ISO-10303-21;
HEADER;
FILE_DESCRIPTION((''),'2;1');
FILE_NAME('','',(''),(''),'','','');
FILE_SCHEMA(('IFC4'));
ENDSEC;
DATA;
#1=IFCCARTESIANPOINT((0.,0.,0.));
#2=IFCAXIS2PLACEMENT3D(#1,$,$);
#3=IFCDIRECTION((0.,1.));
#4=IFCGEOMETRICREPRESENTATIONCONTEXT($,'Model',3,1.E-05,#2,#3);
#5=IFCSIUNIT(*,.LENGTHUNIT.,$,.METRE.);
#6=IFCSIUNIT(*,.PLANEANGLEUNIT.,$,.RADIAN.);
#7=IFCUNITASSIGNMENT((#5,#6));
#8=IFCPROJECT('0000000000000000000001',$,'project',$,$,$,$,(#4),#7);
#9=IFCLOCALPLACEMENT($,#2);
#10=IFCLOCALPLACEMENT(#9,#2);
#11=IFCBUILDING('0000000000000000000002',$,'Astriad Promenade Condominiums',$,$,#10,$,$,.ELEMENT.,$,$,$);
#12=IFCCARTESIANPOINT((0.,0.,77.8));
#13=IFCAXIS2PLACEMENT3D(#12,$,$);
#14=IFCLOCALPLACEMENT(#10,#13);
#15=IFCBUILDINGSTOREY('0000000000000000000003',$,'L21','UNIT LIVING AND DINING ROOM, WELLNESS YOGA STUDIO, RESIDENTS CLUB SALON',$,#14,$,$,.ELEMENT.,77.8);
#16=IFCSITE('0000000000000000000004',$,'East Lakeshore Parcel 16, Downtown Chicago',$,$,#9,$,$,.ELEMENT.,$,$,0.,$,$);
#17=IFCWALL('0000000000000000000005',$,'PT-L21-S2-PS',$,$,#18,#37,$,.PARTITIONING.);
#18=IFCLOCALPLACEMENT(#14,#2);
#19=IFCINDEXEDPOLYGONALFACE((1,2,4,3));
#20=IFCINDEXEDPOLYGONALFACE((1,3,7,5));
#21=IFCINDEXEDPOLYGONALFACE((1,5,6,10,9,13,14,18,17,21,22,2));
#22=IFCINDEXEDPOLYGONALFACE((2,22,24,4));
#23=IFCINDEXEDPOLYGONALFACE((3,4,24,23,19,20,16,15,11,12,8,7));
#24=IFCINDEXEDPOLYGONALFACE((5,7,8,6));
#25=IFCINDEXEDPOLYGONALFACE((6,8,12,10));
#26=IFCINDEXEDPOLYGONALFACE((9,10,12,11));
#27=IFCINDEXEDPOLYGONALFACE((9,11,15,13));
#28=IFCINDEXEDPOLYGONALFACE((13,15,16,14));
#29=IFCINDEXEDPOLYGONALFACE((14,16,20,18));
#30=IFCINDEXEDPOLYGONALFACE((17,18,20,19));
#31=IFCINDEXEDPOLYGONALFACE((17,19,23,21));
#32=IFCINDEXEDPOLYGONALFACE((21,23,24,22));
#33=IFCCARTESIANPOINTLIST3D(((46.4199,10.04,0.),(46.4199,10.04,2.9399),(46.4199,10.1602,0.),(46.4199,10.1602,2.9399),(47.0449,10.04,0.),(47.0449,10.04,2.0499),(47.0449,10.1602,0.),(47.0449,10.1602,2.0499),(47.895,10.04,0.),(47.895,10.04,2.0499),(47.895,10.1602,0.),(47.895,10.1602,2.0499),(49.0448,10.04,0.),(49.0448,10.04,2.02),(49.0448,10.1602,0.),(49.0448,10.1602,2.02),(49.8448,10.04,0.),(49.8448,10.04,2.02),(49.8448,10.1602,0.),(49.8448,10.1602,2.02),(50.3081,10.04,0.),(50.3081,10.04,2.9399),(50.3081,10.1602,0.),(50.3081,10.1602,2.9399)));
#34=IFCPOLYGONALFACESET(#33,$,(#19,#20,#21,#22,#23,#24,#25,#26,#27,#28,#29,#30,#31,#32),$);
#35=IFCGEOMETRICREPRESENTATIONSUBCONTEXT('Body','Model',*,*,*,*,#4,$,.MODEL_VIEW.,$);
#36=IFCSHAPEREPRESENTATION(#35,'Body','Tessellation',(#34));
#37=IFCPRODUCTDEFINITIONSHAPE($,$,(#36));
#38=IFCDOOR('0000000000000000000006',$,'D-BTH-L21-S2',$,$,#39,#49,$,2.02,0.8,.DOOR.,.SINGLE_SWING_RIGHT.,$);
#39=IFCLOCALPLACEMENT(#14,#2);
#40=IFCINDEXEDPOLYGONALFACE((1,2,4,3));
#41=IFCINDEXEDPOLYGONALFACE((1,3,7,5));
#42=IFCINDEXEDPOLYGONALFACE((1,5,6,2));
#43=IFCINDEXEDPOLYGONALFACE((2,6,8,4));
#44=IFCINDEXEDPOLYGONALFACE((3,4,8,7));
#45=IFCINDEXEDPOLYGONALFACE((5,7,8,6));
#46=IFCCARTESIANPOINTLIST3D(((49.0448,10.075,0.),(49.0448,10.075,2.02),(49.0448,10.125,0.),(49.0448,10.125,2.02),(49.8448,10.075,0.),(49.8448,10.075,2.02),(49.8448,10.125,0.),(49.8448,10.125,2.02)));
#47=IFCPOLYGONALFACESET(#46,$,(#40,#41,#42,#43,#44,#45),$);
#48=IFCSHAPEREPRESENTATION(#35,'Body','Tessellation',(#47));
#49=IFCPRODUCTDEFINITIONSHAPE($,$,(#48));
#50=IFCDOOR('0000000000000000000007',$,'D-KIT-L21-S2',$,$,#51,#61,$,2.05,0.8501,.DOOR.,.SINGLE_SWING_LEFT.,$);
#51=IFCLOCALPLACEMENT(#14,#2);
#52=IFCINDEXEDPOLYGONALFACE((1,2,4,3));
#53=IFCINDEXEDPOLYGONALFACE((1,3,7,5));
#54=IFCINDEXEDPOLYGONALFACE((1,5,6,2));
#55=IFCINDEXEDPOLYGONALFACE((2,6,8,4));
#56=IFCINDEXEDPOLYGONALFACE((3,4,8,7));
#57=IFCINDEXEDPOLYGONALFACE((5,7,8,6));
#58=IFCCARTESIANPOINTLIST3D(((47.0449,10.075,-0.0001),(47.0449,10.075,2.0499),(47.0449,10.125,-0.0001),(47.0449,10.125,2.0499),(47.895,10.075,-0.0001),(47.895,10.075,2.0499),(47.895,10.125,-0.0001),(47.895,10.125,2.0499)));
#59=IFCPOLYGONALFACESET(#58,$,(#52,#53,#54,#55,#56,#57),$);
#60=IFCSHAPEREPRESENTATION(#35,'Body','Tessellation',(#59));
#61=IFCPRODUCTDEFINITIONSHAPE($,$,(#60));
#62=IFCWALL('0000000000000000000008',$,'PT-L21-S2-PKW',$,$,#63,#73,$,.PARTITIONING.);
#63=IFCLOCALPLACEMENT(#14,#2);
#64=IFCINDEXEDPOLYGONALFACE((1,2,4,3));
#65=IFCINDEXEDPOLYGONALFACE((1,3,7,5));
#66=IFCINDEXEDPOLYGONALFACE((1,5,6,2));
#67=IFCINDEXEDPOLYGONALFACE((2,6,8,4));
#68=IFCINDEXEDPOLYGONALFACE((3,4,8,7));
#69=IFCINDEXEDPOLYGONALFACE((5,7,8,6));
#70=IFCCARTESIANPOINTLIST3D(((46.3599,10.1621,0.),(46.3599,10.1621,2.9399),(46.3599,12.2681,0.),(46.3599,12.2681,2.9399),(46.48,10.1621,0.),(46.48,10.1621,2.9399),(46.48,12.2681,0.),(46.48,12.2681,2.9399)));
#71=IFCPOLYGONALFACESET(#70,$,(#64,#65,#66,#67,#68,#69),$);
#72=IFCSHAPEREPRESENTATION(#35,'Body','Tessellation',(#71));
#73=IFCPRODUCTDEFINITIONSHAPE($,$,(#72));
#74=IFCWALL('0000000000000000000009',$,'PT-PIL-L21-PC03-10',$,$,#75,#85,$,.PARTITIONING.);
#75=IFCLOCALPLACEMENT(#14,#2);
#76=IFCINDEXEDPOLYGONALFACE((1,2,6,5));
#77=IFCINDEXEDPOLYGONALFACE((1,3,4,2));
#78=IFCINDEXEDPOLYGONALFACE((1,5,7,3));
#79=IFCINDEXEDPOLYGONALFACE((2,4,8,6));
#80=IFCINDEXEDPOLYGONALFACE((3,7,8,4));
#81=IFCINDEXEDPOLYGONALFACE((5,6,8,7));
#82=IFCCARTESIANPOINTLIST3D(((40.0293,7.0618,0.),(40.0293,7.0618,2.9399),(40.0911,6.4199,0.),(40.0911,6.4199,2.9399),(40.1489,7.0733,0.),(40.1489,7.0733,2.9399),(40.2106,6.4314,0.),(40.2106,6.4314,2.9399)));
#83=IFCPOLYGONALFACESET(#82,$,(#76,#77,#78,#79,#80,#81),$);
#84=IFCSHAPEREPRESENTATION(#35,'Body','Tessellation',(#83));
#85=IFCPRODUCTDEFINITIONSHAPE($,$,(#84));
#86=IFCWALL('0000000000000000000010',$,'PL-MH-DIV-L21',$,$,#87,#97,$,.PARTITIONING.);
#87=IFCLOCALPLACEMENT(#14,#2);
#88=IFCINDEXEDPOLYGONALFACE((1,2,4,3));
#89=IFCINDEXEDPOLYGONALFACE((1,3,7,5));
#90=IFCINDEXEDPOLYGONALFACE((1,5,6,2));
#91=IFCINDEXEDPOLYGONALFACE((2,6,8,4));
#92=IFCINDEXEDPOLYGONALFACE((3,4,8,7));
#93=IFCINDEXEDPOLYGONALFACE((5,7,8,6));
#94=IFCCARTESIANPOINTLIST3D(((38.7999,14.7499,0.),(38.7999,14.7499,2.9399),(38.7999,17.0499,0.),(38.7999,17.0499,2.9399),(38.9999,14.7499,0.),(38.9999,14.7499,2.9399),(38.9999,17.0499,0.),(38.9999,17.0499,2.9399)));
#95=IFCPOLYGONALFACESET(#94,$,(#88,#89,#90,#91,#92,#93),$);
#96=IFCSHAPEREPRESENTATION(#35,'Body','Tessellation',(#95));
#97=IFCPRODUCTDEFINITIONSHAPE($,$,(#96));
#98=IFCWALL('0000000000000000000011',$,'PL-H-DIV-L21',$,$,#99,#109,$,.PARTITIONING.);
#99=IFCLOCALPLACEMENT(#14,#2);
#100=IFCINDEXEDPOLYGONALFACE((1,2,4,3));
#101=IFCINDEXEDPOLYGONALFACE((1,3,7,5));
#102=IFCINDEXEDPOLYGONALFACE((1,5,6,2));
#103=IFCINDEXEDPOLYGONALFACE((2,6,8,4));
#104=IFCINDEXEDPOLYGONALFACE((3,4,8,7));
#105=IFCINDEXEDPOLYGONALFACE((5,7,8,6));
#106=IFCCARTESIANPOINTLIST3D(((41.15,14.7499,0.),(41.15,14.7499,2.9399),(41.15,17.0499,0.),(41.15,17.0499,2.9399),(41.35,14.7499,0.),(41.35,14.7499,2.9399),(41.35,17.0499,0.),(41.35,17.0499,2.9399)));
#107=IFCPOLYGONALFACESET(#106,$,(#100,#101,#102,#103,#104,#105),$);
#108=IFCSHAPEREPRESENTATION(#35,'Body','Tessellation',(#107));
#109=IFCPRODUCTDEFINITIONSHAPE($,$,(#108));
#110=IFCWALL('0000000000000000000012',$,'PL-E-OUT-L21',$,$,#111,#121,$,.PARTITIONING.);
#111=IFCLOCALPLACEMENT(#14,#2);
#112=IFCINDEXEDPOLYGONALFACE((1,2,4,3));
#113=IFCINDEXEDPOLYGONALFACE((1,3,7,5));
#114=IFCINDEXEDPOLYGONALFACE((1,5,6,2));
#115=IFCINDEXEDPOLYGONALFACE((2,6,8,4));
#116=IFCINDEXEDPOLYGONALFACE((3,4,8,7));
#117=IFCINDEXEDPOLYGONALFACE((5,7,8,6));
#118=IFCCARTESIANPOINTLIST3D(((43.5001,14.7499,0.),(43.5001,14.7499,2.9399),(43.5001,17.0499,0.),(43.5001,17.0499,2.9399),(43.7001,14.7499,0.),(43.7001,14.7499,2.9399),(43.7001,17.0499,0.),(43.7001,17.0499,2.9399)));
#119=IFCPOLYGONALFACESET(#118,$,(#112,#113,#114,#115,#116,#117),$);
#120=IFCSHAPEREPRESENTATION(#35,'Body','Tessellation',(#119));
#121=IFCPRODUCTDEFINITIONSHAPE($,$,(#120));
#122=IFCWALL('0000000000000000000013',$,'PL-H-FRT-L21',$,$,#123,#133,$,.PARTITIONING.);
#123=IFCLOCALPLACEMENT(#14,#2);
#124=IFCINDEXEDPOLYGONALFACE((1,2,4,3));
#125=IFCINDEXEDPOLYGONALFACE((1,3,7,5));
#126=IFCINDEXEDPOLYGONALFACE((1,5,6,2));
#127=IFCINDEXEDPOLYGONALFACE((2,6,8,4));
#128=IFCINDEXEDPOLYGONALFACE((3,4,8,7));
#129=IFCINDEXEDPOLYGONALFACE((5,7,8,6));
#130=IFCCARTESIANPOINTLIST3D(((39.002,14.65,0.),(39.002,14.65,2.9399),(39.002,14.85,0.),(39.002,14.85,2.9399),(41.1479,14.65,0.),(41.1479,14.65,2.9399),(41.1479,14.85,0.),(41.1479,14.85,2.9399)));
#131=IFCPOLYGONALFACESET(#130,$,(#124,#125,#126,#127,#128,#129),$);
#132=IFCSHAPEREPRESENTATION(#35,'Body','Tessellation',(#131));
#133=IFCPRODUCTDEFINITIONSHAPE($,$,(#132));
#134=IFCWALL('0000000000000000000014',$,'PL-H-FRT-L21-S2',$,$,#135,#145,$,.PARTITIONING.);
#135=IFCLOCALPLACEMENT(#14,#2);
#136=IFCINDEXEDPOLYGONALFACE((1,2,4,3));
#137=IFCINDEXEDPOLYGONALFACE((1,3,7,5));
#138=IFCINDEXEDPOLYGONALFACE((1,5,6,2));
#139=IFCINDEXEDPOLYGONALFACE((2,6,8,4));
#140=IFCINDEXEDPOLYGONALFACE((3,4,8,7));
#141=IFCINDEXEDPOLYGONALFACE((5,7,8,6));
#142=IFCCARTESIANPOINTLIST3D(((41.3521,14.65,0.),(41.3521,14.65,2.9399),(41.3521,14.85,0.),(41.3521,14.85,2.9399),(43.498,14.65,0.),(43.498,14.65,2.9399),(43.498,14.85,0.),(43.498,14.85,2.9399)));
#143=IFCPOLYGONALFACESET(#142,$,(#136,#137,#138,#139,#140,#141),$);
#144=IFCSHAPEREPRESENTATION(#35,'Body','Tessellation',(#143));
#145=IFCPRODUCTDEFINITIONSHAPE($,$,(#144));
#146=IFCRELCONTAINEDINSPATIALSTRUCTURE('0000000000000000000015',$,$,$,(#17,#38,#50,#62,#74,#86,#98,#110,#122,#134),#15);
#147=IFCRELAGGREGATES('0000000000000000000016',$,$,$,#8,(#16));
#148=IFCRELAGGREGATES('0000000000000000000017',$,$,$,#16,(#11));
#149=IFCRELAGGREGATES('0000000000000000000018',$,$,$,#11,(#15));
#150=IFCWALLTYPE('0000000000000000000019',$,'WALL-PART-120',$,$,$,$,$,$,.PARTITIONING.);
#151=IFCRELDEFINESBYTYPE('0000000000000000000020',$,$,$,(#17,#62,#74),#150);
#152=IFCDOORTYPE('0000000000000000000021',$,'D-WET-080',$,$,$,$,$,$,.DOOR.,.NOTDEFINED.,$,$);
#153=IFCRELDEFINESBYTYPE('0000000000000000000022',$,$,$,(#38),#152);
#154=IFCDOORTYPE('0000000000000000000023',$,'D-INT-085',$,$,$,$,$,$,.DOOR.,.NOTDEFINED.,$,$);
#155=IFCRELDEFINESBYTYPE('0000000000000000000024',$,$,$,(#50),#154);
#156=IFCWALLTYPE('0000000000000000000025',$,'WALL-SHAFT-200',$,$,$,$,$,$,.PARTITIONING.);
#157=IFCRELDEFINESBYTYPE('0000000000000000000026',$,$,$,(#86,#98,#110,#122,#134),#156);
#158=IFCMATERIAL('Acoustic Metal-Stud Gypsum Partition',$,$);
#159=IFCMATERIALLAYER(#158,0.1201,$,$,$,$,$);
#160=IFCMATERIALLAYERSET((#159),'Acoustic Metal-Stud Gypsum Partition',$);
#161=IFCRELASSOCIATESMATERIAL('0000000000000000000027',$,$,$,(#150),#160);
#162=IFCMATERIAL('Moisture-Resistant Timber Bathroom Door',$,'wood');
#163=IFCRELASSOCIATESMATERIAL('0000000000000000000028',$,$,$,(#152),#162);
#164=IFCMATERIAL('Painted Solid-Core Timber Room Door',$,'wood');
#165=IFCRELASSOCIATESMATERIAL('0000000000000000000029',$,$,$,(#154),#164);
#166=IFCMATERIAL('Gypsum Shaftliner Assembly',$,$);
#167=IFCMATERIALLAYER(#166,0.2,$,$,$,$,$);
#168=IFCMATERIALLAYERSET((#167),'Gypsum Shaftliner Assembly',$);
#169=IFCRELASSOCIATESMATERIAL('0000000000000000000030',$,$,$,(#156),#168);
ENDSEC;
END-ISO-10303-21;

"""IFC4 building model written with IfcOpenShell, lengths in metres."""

from ifc_helpers import new_model, si_unit, direction, frame, frame_2d, origin, place, context, subcontext, project, spatial, rectangle, extrude, source, transform, mapped, material, layer, layer_set, type_object, type_shapes, element, fill, save


model = new_model("IFC4")

# Units and contexts
model_context = context("Model", 3, precision=1e-05, world=origin(), true_north=direction((0.0, 1.0)))
body_context = subcontext(model_context, "Body", "Model", "MODEL_VIEW")
ifc_project = project(units=[si_unit("LENGTHUNIT", "METRE"), si_unit("PLANEANGLEUNIT", "RADIAN")], contexts=[model_context])

# Site, building, storey
site_placement = place(None, origin())
site = spatial("IfcSite", under=ifc_project, at=site_placement, Name="East Lakeshore Parcel 16, Downtown Chicago", CompositionType="ELEMENT", RefElevation=0.0)
building_placement = place(site_placement, origin())
building = spatial("IfcBuilding", under=site, at=building_placement, Name="Astriad Promenade Condominiums", CompositionType="ELEMENT")
storey_placement = place(building_placement, frame((0.0, 0.0, 77.8)))
storey = spatial("IfcBuildingStorey", under=building, at=storey_placement, Name="L21", Description="UNIT LIVING AND DINING ROOM, WELLNESS YOGA STUDIO, RESIDENTS CLUB SALON", CompositionType="ELEMENT", Elevation=77.8)

# Wall, openings, doors
ifc_material_1 = material(Name="Acoustic Metal-Stud Gypsum Partition")
ifc_layer_1 = layer(ifc_material_1, 0.1201)
ifc_layer_set_1 = layer_set([ifc_layer_1], Name="Acoustic Metal-Stud Gypsum Partition")
wall_type_1 = type_object("IfcWallType", Name="WALL-PART-120", PredefinedType="PARTITIONING", material=ifc_layer_set_1)
wall_1_placement = place(storey_placement, frame((46.4199, 10.1001, 0.0), z_axis=(0.0, 0.0, 1.0), x_axis=(1.0, 0.0, 0.0)))
wall_1 = element("IfcWall", 1, at=wall_1_placement, inside=storey, type_object=wall_type_1, Name="PT-L21-S2-PS", PredefinedType="PARTITIONING", context=body_context, shape_type="SweptSolid", body=[
    extrude(rectangle(XDim=3.8882, YDim=0.1201, at=frame_2d((1.9441, 0.0))), origin(), (0.0, 0.0, 1.0), 2.9399),
])
opening_1_placement = place(wall_1_placement, frame((0.625, 0.0, 0.0)))
opening_1 = element("IfcOpeningElement", 2, at=opening_1_placement, cuts=wall_1, PredefinedType="OPENING", context=body_context, shape_type="SweptSolid", body=[
    extrude(rectangle(XDim=0.8501, YDim=2.05, at=frame_2d((0.425, 1.0249))), frame((0.0, 0.0701, 0.0), z_axis=(0.0, -1.0, 0.0), x_axis=(1.0, 0.0, 0.0)), (0.0, 0.0, 1.0), 0.1401),
])
opening_2_placement = place(wall_1_placement, frame((2.625, 0.0, 0.0)))
opening_2 = element("IfcOpeningElement", 3, at=opening_2_placement, cuts=wall_1, PredefinedType="OPENING", context=body_context, shape_type="SweptSolid", body=[
    extrude(rectangle(XDim=0.8, YDim=2.02, at=frame_2d((0.3999, 1.01))), frame((0.0, 0.0701, 0.0), z_axis=(0.0, -1.0, 0.0), x_axis=(1.0, 0.0, 0.0)), (0.0, 0.0, 1.0), 0.1401),
])
ifc_material_2 = material(Name="Moisture-Resistant Timber Bathroom Door", Category="wood")
door_type_1 = type_object("IfcDoorType", Name="D-WET-080", OperationType="NOTDEFINED", PredefinedType="DOOR", material=ifc_material_2)
shared_shape_1 = source(origin(), body_context, "Body", "SweptSolid", [
    extrude(rectangle(XDim=0.8, YDim=2.02, at=frame_2d((0.3999, 1.01))), frame((0.0, 0.0249, 0.0), z_axis=(0.0, -1.0, 0.0), x_axis=(1.0, 0.0, 0.0)), (0.0, 0.0, 1.0), 0.05),
])
type_shapes(door_type_1, [shared_shape_1])
door_1_placement = place(opening_2_placement, origin())
door_1 = element("IfcDoor", 4, at=door_1_placement, inside=storey, type_object=door_type_1, Name="D-BTH-L21-S2", OperationType="SINGLE_SWING_RIGHT", OverallHeight=2.02, OverallWidth=0.8, PredefinedType="DOOR", context=body_context, shape_type="MappedRepresentation", body=[
    mapped(shared_shape_1, transform((0.0, 0.0, 0.0), scale=1.0)),
])
fill(opening_2, door_1)
ifc_material_3 = material(Name="Painted Solid-Core Timber Room Door", Category="wood")
door_type_2 = type_object("IfcDoorType", Name="D-INT-085", OperationType="NOTDEFINED", PredefinedType="DOOR", material=ifc_material_3)
shared_shape_2 = source(origin(), body_context, "Body", "SweptSolid", [
    extrude(rectangle(XDim=0.8501, YDim=2.05, at=frame_2d((0.425, 1.0249))), frame((0.0, 0.0249, 0.0), z_axis=(0.0, -1.0, 0.0), x_axis=(1.0, 0.0, 0.0)), (0.0, 0.0, 1.0), 0.05),
])
type_shapes(door_type_2, [shared_shape_2])
door_2_placement = place(opening_1_placement, origin())
door_2 = element("IfcDoor", 5, at=door_2_placement, inside=storey, type_object=door_type_2, Name="D-KIT-L21-S2", OperationType="SINGLE_SWING_LEFT", OverallHeight=2.05, OverallWidth=0.8501, PredefinedType="DOOR", context=body_context, shape_type="MappedRepresentation", body=[
    mapped(shared_shape_2, transform((0.0, 0.0, 0.0), scale=1.0)),
])
fill(opening_1, door_2)

# Walls
wall_2_placement = place(storey_placement, frame((46.4199, 10.1621, 0.0), z_axis=(0.0, 0.0, 1.0), x_axis=(0.0, 1.0, 0.0)))
element("IfcWall", 6, at=wall_2_placement, inside=storey, type_object=wall_type_1, Name="PT-L21-S2-PKW", PredefinedType="PARTITIONING", context=body_context, shape_type="SweptSolid", body=[
    extrude(rectangle(XDim=2.106, YDim=0.1201, at=frame_2d((1.053, 0.0))), origin(), (0.0, 0.0, 1.0), 2.9399),
])
wall_3_placement = place(storey_placement, frame((40.0891, 7.0674, 0.0), z_axis=(0.0, 0.0, 1.0), x_axis=(0.095792, -0.995401, 0.0)))
element("IfcWall", 7, at=wall_3_placement, inside=storey, type_object=wall_type_1, Name="PT-PIL-L21-PC03-10", PredefinedType="PARTITIONING", context=body_context, shape_type="SweptSolid", body=[
    extrude(rectangle(XDim=0.6448, YDim=0.1201, at=frame_2d((0.3223, 0.0))), origin(), (0.0, 0.0, 1.0), 2.9399),
])
ifc_material_4 = material(Name="Gypsum Shaftliner Assembly")
ifc_layer_2 = layer(ifc_material_4, 0.2)
ifc_layer_set_2 = layer_set([ifc_layer_2], Name="Gypsum Shaftliner Assembly")
wall_type_2 = type_object("IfcWallType", Name="WALL-SHAFT-200", PredefinedType="PARTITIONING", material=ifc_layer_set_2)
for number, where, z_axis, x_axis, name in (
    (8, (38.8999, 14.75, 0.0), (0.0, 0.0, 1.0), (0.0, 1.0, 0.0), "PL-MH-DIV-L21"),
    (9, (41.25, 14.75, 0.0), (0.0, 0.0, 1.0), (0.0, 1.0, 0.0), "PL-H-DIV-L21"),
    (10, (43.6001, 14.75, 0.0), (0.0, 0.0, 1.0), (0.0, 1.0, 0.0), "PL-E-OUT-L21"),
):
    element("IfcWall", number, at=place(storey_placement, frame(where, z_axis=z_axis, x_axis=x_axis)), inside=storey, type_object=wall_type_2, Name=name, PredefinedType="PARTITIONING", context=body_context, shape_type="SweptSolid", body=[
        extrude(rectangle(XDim=2.3, YDim=0.2, at=frame_2d((1.1499, 0.0))), origin(), (0.0, 0.0, 1.0), 2.9399),
    ])
for number, where, z_axis, x_axis, name in (
    (11, (39.002, 14.75, 0.0), (0.0, 0.0, 1.0), (1.0, 0.0, 0.0), "PL-H-FRT-L21"),
    (12, (41.3521, 14.75, 0.0), (0.0, 0.0, 1.0), (1.0, 0.0, 0.0), "PL-H-FRT-L21-S2"),
):
    element("IfcWall", number, at=place(storey_placement, frame(where, z_axis=z_axis, x_axis=x_axis)), inside=storey, type_object=wall_type_2, Name=name, PredefinedType="PARTITIONING", context=body_context, shape_type="SweptSolid", body=[
        extrude(rectangle(XDim=2.146, YDim=0.2, at=frame_2d((1.073, 0.0))), origin(), (0.0, 0.0, 1.0), 2.9399),
    ])

save(model, "model.ifc")
